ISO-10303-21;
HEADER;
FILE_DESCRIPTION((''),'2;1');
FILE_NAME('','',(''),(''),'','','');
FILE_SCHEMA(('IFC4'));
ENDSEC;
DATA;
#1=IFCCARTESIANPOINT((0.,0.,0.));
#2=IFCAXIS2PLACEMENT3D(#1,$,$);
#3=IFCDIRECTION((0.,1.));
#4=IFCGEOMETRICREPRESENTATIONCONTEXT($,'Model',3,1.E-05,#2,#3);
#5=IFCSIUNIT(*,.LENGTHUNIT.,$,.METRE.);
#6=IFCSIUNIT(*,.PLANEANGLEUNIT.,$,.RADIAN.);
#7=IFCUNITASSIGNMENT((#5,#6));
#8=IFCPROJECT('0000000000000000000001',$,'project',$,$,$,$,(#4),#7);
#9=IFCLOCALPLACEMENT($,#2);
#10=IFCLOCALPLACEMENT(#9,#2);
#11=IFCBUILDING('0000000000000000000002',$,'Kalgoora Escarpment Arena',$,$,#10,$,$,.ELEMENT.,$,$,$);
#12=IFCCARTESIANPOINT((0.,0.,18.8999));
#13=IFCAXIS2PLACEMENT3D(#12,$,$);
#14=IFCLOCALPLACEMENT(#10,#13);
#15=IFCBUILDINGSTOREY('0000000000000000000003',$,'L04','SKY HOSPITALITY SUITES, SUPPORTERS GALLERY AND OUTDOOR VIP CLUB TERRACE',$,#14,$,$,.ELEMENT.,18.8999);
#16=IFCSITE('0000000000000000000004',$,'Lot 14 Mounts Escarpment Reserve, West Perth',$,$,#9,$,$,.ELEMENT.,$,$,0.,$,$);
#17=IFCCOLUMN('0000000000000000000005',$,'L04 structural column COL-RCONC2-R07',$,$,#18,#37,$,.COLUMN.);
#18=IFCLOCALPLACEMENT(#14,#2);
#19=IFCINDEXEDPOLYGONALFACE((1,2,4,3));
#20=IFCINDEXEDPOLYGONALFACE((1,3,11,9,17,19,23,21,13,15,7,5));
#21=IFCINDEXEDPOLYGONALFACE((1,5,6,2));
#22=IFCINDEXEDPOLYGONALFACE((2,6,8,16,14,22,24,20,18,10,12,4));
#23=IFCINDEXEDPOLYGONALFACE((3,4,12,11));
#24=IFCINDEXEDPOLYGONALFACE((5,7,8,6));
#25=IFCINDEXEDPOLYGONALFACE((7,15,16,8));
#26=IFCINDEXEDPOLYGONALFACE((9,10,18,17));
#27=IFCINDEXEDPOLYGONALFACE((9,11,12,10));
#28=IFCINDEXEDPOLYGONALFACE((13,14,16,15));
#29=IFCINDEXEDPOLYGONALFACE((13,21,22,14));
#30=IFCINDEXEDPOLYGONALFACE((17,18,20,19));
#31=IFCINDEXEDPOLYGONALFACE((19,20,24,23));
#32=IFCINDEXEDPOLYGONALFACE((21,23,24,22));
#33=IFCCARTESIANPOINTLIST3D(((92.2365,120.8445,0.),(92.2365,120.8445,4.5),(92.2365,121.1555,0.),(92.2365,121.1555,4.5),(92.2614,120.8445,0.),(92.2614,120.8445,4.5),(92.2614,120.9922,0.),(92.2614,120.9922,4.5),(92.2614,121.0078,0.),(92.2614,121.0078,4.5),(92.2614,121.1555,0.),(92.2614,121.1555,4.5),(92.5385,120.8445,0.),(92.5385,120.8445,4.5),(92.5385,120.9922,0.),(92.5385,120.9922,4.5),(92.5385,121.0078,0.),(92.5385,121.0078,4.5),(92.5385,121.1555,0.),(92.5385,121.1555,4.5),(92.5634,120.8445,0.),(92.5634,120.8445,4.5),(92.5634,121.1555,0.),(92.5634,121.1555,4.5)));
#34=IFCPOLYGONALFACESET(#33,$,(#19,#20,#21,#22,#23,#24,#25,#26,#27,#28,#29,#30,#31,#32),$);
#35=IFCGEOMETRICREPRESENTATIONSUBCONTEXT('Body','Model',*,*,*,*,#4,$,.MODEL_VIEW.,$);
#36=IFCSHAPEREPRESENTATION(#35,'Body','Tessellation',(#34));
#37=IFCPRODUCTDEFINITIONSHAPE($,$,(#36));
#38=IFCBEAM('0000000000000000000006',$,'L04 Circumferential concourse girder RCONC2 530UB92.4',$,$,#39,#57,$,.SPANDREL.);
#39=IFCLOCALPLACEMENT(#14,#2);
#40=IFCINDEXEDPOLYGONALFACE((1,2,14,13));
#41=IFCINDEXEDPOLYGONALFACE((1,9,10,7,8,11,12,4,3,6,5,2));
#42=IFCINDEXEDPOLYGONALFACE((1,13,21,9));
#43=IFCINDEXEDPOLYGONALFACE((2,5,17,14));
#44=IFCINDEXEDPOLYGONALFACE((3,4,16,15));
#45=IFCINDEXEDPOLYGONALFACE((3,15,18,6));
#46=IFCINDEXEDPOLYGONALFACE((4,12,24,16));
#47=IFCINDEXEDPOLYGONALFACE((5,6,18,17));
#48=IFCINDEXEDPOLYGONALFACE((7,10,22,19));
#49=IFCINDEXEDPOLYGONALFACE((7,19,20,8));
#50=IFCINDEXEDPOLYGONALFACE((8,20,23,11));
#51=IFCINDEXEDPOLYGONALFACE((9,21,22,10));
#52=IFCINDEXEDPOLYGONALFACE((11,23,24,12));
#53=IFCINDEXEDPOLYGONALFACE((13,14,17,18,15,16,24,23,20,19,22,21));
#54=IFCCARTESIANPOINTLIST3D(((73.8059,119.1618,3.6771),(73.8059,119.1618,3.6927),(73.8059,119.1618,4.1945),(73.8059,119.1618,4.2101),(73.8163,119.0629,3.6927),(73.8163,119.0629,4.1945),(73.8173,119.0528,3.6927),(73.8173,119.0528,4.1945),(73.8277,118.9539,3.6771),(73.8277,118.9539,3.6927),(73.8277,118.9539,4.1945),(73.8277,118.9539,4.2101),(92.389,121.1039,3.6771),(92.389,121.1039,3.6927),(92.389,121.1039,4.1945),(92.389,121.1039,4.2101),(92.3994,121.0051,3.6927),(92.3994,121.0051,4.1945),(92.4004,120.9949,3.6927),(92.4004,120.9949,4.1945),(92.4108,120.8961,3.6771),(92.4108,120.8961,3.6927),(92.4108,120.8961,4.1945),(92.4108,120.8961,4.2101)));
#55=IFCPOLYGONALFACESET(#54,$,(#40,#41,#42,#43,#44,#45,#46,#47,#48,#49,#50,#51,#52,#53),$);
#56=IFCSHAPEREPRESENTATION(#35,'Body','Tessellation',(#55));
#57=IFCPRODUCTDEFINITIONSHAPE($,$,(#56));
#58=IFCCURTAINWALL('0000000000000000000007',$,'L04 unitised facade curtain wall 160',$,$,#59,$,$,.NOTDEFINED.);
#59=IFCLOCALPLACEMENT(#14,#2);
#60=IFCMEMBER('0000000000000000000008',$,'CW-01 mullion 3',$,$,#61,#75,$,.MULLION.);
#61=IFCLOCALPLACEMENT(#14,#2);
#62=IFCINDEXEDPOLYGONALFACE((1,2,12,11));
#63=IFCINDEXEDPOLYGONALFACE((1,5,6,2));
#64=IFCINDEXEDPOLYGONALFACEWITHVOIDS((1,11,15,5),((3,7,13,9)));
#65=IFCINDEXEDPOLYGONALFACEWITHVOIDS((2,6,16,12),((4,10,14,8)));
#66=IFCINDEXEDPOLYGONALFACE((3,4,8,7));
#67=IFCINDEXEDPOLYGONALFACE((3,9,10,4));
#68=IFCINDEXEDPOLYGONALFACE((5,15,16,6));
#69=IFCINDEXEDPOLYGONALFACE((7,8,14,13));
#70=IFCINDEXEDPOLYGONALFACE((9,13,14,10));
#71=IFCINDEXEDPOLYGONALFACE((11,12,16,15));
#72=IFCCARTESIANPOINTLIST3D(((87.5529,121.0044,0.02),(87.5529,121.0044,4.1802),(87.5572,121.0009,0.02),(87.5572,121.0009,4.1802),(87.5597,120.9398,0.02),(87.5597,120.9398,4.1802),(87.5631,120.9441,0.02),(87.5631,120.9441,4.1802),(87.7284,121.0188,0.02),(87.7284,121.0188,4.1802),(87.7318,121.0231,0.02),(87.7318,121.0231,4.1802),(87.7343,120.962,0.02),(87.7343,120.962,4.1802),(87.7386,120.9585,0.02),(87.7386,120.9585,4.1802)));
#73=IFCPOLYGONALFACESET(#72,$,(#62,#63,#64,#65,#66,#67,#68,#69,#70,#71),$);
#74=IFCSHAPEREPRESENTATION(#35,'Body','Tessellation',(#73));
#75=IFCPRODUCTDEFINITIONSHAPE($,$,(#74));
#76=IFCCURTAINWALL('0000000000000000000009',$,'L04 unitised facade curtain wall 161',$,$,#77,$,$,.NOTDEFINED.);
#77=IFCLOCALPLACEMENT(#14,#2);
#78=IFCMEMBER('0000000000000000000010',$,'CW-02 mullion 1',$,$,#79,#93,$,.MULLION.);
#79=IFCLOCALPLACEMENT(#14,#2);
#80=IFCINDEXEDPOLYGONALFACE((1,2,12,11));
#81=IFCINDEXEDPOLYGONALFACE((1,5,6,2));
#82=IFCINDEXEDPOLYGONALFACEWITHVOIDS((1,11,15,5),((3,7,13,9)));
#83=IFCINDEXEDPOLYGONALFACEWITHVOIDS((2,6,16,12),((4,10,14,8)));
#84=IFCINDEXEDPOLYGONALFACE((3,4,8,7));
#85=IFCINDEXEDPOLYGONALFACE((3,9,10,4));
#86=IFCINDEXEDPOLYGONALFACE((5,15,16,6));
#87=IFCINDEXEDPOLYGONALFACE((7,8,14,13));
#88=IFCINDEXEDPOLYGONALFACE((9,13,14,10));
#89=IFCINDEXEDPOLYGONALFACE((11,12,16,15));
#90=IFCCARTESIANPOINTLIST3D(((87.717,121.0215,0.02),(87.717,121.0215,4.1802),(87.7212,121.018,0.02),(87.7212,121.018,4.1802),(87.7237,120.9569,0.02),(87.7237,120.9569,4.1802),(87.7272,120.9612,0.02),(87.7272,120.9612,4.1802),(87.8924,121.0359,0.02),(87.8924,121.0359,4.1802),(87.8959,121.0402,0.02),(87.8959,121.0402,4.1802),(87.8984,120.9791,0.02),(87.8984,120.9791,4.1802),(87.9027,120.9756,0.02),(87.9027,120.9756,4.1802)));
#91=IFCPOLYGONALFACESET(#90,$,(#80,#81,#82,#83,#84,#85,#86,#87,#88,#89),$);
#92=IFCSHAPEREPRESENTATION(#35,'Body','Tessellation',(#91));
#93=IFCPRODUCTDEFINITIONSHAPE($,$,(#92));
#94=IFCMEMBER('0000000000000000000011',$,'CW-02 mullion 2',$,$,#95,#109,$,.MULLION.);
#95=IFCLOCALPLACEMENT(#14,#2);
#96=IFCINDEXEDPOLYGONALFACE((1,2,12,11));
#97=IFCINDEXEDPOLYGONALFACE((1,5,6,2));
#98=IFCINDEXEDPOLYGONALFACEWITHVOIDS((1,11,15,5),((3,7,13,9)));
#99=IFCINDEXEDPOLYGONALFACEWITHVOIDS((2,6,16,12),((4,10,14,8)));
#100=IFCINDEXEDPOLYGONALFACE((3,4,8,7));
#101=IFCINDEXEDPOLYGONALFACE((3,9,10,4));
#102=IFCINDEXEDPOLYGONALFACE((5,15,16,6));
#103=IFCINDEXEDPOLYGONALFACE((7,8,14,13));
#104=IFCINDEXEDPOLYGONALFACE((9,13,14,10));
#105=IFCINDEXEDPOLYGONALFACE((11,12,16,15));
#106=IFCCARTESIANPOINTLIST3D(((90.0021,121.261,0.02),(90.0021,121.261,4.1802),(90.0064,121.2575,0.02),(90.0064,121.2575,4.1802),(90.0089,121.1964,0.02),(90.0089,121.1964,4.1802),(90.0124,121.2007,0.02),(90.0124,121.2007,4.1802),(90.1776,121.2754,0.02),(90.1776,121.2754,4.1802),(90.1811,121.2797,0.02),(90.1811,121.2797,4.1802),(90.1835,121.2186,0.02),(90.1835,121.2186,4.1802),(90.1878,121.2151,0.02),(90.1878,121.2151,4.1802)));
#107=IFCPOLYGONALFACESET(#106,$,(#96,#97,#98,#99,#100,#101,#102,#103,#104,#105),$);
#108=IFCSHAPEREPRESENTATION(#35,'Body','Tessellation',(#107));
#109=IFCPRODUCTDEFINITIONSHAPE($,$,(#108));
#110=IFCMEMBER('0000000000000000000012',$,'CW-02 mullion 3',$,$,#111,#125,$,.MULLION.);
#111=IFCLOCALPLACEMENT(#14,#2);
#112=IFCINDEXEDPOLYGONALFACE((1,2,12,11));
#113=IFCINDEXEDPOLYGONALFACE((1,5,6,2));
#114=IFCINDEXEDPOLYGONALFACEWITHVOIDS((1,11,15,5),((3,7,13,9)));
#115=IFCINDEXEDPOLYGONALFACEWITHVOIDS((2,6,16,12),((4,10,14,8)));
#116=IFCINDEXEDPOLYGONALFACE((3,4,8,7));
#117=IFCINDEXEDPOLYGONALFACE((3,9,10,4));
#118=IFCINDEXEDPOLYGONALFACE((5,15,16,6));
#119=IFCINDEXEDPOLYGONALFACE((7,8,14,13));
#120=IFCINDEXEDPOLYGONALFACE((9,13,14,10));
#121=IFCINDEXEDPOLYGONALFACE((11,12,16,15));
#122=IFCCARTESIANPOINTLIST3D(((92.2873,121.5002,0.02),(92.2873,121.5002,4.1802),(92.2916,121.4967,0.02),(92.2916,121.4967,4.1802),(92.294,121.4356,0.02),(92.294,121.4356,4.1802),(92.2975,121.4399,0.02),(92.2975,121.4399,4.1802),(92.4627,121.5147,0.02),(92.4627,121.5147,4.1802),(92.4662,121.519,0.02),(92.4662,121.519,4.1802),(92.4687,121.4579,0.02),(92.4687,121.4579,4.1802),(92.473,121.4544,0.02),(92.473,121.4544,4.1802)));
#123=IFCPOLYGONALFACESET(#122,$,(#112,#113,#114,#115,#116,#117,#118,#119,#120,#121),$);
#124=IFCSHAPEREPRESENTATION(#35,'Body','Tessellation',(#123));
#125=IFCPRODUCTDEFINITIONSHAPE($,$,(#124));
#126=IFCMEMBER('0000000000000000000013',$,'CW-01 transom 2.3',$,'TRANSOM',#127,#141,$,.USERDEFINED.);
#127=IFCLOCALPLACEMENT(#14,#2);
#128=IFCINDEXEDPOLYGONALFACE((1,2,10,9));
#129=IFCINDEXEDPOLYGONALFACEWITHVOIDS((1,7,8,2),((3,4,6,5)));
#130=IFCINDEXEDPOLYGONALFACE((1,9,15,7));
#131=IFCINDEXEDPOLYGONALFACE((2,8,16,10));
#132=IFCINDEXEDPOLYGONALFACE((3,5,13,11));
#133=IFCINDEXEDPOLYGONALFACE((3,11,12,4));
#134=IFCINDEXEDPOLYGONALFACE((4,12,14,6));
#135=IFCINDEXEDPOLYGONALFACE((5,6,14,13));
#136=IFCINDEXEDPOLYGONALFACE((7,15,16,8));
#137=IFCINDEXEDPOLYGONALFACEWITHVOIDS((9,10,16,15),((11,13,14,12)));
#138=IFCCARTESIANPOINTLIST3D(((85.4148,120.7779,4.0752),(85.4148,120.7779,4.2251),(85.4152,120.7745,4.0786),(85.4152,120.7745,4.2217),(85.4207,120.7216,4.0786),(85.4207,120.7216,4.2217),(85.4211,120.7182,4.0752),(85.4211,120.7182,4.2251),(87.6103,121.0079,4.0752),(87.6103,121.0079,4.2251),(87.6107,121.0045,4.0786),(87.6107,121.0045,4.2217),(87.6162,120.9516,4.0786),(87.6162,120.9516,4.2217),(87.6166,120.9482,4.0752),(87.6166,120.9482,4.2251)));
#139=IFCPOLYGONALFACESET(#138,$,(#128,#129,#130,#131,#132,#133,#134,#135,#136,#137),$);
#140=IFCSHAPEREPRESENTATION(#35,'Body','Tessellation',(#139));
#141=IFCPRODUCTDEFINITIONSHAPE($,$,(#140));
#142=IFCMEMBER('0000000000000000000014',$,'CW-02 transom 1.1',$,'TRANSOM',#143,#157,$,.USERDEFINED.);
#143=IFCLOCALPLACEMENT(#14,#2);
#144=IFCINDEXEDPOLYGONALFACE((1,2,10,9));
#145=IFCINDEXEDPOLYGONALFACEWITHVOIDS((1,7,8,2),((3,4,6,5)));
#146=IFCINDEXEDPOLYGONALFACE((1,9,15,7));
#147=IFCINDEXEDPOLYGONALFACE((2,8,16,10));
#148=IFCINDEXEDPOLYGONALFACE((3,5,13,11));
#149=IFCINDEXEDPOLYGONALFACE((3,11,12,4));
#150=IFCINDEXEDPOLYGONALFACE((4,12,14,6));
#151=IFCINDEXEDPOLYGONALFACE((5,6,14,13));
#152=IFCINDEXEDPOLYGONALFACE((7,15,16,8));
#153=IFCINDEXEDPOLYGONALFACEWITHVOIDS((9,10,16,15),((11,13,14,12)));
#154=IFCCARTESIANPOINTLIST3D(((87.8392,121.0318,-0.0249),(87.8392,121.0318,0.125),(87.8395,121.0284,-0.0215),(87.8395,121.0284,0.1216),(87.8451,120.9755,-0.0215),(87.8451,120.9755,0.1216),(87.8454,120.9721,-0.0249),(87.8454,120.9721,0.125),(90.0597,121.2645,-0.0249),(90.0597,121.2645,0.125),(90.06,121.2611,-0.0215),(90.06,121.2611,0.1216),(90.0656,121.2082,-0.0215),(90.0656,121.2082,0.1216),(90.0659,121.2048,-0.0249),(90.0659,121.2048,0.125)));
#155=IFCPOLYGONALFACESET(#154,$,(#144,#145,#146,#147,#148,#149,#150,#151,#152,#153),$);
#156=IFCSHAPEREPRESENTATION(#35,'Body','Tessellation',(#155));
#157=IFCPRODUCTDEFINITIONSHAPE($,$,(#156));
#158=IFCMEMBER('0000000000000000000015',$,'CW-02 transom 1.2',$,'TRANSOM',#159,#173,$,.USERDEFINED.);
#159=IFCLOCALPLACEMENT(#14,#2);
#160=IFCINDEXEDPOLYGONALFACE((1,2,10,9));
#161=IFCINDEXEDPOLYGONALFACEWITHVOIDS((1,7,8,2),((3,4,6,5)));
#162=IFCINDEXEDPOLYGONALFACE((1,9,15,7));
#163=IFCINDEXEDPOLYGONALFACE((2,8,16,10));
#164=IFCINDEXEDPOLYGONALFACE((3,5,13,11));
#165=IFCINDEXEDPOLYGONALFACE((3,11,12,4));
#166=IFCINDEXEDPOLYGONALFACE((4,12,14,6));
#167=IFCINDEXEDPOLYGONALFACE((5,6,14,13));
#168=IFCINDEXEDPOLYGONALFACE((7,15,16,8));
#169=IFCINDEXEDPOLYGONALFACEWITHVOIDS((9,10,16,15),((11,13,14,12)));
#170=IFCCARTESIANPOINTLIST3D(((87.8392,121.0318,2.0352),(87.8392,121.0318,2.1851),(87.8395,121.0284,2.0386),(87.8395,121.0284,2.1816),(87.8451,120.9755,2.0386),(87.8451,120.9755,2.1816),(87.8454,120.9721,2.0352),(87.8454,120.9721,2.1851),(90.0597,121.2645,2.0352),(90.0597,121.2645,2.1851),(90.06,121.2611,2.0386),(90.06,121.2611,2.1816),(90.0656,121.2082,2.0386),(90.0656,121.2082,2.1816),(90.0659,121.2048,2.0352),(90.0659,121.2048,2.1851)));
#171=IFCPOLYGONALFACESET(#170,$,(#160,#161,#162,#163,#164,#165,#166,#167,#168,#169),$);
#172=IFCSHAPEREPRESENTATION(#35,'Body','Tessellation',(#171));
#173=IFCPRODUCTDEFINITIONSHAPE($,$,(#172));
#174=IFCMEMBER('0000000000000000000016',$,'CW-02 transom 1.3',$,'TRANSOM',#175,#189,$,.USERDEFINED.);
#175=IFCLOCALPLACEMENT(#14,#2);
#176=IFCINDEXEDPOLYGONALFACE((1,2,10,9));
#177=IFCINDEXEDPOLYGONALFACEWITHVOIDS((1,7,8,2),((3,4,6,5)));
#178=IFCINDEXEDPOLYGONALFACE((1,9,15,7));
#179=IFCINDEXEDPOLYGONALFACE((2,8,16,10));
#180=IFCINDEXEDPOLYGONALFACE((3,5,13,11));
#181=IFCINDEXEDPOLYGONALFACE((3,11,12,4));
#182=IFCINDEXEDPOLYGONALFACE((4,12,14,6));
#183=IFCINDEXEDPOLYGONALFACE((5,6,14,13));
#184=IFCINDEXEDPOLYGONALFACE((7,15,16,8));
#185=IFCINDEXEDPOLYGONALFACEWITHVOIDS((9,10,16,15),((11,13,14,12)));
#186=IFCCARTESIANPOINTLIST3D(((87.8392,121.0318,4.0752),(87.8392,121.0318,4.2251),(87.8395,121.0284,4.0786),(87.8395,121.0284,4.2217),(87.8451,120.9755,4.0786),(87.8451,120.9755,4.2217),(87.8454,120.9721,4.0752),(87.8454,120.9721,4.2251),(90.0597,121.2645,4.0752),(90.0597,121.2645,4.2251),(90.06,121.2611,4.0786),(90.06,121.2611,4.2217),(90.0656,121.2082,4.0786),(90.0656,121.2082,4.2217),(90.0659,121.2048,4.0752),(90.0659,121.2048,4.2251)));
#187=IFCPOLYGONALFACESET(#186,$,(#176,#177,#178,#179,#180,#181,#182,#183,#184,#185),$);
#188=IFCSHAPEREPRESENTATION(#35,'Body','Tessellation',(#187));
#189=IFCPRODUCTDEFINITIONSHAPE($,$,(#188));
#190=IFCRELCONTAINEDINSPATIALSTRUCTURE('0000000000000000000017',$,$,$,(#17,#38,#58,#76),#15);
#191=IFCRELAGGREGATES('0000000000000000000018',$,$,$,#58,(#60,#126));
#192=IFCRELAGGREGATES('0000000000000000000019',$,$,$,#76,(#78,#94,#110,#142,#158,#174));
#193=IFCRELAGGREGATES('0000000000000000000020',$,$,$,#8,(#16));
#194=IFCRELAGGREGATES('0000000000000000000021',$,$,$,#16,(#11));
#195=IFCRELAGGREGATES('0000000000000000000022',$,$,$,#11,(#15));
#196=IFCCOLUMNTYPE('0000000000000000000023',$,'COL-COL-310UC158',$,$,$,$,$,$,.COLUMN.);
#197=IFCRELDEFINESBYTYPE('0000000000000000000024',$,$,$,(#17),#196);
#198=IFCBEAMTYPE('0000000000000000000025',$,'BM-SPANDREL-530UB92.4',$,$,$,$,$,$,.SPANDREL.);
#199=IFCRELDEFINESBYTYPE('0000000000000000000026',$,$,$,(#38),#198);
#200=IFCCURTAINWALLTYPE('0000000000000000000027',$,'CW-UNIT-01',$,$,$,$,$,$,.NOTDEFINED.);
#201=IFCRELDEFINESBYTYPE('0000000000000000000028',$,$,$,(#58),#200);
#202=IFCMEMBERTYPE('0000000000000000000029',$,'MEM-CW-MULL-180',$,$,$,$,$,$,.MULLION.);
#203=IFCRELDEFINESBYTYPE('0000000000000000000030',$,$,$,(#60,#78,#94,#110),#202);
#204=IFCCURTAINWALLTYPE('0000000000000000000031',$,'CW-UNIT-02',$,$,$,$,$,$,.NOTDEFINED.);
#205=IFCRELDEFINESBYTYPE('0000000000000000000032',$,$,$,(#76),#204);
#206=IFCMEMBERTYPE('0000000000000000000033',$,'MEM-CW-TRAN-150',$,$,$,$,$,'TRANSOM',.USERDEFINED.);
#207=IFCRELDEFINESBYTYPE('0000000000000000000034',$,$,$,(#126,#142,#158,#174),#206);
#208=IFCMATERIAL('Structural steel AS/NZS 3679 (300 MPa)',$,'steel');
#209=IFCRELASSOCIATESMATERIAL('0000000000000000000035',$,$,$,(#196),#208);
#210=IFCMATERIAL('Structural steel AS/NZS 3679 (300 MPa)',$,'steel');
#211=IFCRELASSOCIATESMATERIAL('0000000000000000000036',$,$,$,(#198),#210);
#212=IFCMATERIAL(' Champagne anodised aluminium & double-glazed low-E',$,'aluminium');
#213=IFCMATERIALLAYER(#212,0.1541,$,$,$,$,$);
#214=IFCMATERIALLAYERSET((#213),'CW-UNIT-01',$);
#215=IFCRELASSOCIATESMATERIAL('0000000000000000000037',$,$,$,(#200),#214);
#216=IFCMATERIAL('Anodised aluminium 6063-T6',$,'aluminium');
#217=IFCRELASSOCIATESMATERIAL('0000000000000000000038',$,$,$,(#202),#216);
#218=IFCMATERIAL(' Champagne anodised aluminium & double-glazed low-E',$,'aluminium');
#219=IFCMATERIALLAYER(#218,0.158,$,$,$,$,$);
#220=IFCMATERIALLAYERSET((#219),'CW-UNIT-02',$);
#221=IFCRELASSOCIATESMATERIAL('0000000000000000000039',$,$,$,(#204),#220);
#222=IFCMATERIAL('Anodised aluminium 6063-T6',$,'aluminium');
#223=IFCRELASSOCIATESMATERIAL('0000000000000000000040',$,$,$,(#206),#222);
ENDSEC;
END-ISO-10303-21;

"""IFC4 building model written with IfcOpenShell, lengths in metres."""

from ifc_helpers import new_model, si_unit, direction, frame, origin, origin_2d, place, context, subcontext, project, spatial, hollow_rectangle, i_section, extrude, material, layer, layer_set, material_profile, profile_set, type_object, element, aggregate, save


model = new_model("IFC4")

# Units and contexts
model_context = context("Model", 3, precision=1e-05, world=origin(), true_north=direction((0.0, 1.0)))
body_context = subcontext(model_context, "Body", "Model", "MODEL_VIEW")
ifc_project = project(units=[si_unit("LENGTHUNIT", "METRE"), si_unit("PLANEANGLEUNIT", "RADIAN")], contexts=[model_context])

# Site, building, storey
site_placement = place(None, origin())
site = spatial("IfcSite", under=ifc_project, at=site_placement, Name="Lot 14 Mounts Escarpment Reserve, West Perth", CompositionType="ELEMENT", RefElevation=0.0)
building_placement = place(site_placement, origin())
building = spatial("IfcBuilding", under=site, at=building_placement, Name="Kalgoora Escarpment Arena", CompositionType="ELEMENT")
storey_placement = place(building_placement, frame((0.0, 0.0, 18.8999)))
storey = spatial("IfcBuildingStorey", under=building, at=storey_placement, Name="L04", Description="SKY HOSPITALITY SUITES, SUPPORTERS GALLERY AND OUTDOOR VIP CLUB TERRACE", CompositionType="ELEMENT", Elevation=18.8999)

# Column
ifc_material_1 = material(Name="Structural steel AS/NZS 3679 (300 MPa)", Category="steel")
ifc_material_profile_1 = material_profile(ifc_material_1, i_section(OverallWidth=0.311, OverallDepth=0.3269, WebThickness=0.0156, FlangeThickness=0.0249, at=origin_2d()))
ifc_profile_set_1 = profile_set([ifc_material_profile_1], Name="Structural steel AS/NZS 3679 (300 MPa)")
column_type = type_object("IfcColumnType", Name="COL-COL-310UC158", PredefinedType="COLUMN", material=ifc_profile_set_1)
column_placement = place(storey_placement, frame((92.3999, 121.0, 0.0), z_axis=(0.0, 0.0, 1.0), x_axis=(0.0, 1.0, 0.0)))
element("IfcColumn", 1, at=column_placement, inside=storey, type_object=column_type, Name="L04 structural column COL-RCONC2-R07", PredefinedType="COLUMN", context=body_context, shape_type="SweptSolid", body=[
    extrude(i_section(OverallWidth=0.311, OverallDepth=0.3269, WebThickness=0.0156, FlangeThickness=0.0249, at=origin_2d()), origin(), (0.0, 0.0, 1.0), 4.5),
])

# Beam
ifc_material_2 = material(Name="Structural steel AS/NZS 3679 (300 MPa)", Category="steel")
ifc_material_profile_2 = material_profile(ifc_material_2, i_section(OverallWidth=0.209, OverallDepth=0.533, WebThickness=0.0103, FlangeThickness=0.0156, at=origin_2d()))
ifc_profile_set_2 = profile_set([ifc_material_profile_2], Name="Structural steel AS/NZS 3679 (300 MPa)")
beam_type = type_object("IfcBeamType", Name="BM-SPANDREL-530UB92.4", PredefinedType="SPANDREL", material=ifc_profile_set_2)
beam_placement = place(storey_placement, frame((92.3999, 121.0, 3.9436), z_axis=(-0.994583, -0.103945, 0.0), x_axis=(0.103945, -0.994583, 0.0)))
element("IfcBeam", 2, at=beam_placement, inside=storey, type_object=beam_type, Name="L04 Circumferential concourse girder RCONC2 530UB92.4", PredefinedType="SPANDREL", context=body_context, shape_type="SweptSolid", body=[
    extrude(i_section(OverallWidth=0.209, OverallDepth=0.533, WebThickness=0.0103, FlangeThickness=0.0156, at=origin_2d()), origin(), (0.0, 0.0, 1.0), 18.6843),
])

# Curtain wall, member
ifc_material_3 = material(Name=" Champagne anodised aluminium & double-glazed low-E", Category="aluminium")
ifc_layer_1 = layer(ifc_material_3, 0.1541)
ifc_layer_set_1 = layer_set([ifc_layer_1], Name="CW-UNIT-01")
curtain_wall_type_1 = type_object("IfcCurtainWallType", Name="CW-UNIT-01", PredefinedType="NOTDEFINED", material=ifc_layer_set_1)
curtain_wall_1_placement = place(storey_placement, origin())
curtain_wall_1 = element("IfcCurtainWall", 3, at=curtain_wall_1_placement, inside=storey, type_object=curtain_wall_type_1, Name="L04 unitised facade curtain wall 160", PredefinedType="NOTDEFINED")
ifc_material_4 = material(Name="Anodised aluminium 6063-T6", Category="aluminium")
ifc_material_profile_3 = material_profile(ifc_material_4, hollow_rectangle(XDim=0.0649, YDim=0.1799, WallThickness=0.0039, at=origin_2d()))
ifc_profile_set_3 = profile_set([ifc_material_profile_3], Name="Anodised aluminium 6063-T6")
member_type_1 = type_object("IfcMemberType", Name="MEM-CW-MULL-180", PredefinedType="MULLION", material=ifc_profile_set_3)
member_1_placement = place(storey_placement, frame((87.6458, 120.9814, 0.02), z_axis=(0.0, 0.0, 1.0), x_axis=(-0.104182, 0.994558, 0.0)))
member_1 = element("IfcMember", 4, at=member_1_placement, type_object=member_type_1, Name="CW-01 mullion 3", PredefinedType="MULLION", context=body_context, shape_type="SweptSolid", body=[
    extrude(hollow_rectangle(XDim=0.0649, YDim=0.1799, WallThickness=0.0039, at=origin_2d()), origin(), (0.0, 0.0, 1.0), 4.1602),
])

# Curtain wall, members
ifc_material_5 = material(Name=" Champagne anodised aluminium & double-glazed low-E", Category="aluminium")
ifc_layer_2 = layer(ifc_material_5, 0.158)
ifc_layer_set_2 = layer_set([ifc_layer_2], Name="CW-UNIT-02")
curtain_wall_type_2 = type_object("IfcCurtainWallType", Name="CW-UNIT-02", PredefinedType="NOTDEFINED", material=ifc_layer_set_2)
curtain_wall_2_placement = place(storey_placement, origin())
curtain_wall_2 = element("IfcCurtainWall", 5, at=curtain_wall_2_placement, inside=storey, type_object=curtain_wall_type_2, Name="L04 unitised facade curtain wall 161", PredefinedType="NOTDEFINED")
member_2_placement = place(storey_placement, frame((87.8098, 120.9985, 0.02), z_axis=(0.0, 0.0, 1.0), x_axis=(-0.104179, 0.994559, 0.0)))
member_2 = element("IfcMember", 6, at=member_2_placement, type_object=member_type_1, Name="CW-02 mullion 1", PredefinedType="MULLION", context=body_context, shape_type="SweptSolid", body=[
    extrude(hollow_rectangle(XDim=0.0649, YDim=0.1799, WallThickness=0.0039, at=origin_2d()), origin(), (0.0, 0.0, 1.0), 4.1602),
])
member_3_placement = place(storey_placement, frame((90.095, 121.238, 0.02), z_axis=(0.0, 0.0, 1.0), x_axis=(-0.104179, 0.994559, 0.0)))
member_3 = element("IfcMember", 7, at=member_3_placement, type_object=member_type_1, Name="CW-02 mullion 2", PredefinedType="MULLION", context=body_context, shape_type="SweptSolid", body=[
    extrude(hollow_rectangle(XDim=0.0649, YDim=0.1799, WallThickness=0.0039, at=origin_2d()), origin(), (0.0, 0.0, 1.0), 4.1602),
])
member_4_placement = place(storey_placement, frame((92.3801, 121.4773, 0.02), z_axis=(0.0, 0.0, 1.0), x_axis=(-0.104179, 0.994559, 0.0)))
member_4 = element("IfcMember", 8, at=member_4_placement, type_object=member_type_1, Name="CW-02 mullion 3", PredefinedType="MULLION", context=body_context, shape_type="SweptSolid", body=[
    extrude(hollow_rectangle(XDim=0.0649, YDim=0.1799, WallThickness=0.0039, at=origin_2d()), origin(), (0.0, 0.0, 1.0), 4.1602),
])

# Members
ifc_material_6 = material(Name="Anodised aluminium 6063-T6", Category="aluminium")
ifc_material_profile_4 = material_profile(ifc_material_6, hollow_rectangle(XDim=0.0601, YDim=0.1499, WallThickness=0.0034, at=origin_2d()))
ifc_profile_set_4 = profile_set([ifc_material_profile_4], Name="Anodised aluminium 6063-T6")
member_type_2 = type_object("IfcMemberType", Name="MEM-CW-TRAN-150", ElementType="TRANSOM", PredefinedType="USERDEFINED", material=ifc_profile_set_4)
member_5_placement = place(storey_placement, frame((85.418, 120.748, 4.1501), z_axis=(0.994559, 0.104178, 0.0), x_axis=(-0.104178, 0.994559, 0.0)))
member_5 = element("IfcMember", 9, at=member_5_placement, type_object=member_type_2, Name="CW-01 transom 2.3", ObjectType="TRANSOM", PredefinedType="USERDEFINED", context=body_context, shape_type="SweptSolid", body=[
    extrude(hollow_rectangle(XDim=0.0601, YDim=0.1499, WallThickness=0.0034, at=origin_2d()), origin(), (0.0, 0.0, 1.0), 2.2075),
])
member_6_placement = place(storey_placement, frame((87.8423, 121.002, 0.05), z_axis=(0.994555, 0.104212, 0.0), x_axis=(-0.104212, 0.994555, 0.0)))
member_6 = element("IfcMember", 10, at=member_6_placement, type_object=member_type_2, Name="CW-02 transom 1.1", ObjectType="TRANSOM", PredefinedType="USERDEFINED", context=body_context, shape_type="SweptSolid", body=[
    extrude(hollow_rectangle(XDim=0.0601, YDim=0.1499, WallThickness=0.0034, at=origin_2d()), origin(), (0.0, 0.0, 1.0), 2.2327),
])
member_7_placement = place(storey_placement, frame((87.8423, 121.002, 2.1101), z_axis=(0.994555, 0.104212, 0.0), x_axis=(-0.104212, 0.994555, 0.0)))
member_7 = element("IfcMember", 11, at=member_7_placement, type_object=member_type_2, Name="CW-02 transom 1.2", ObjectType="TRANSOM", PredefinedType="USERDEFINED", context=body_context, shape_type="SweptSolid", body=[
    extrude(hollow_rectangle(XDim=0.0601, YDim=0.1499, WallThickness=0.0034, at=origin_2d()), origin(), (0.0, 0.0, 1.0), 2.2327),
])
member_8_placement = place(storey_placement, frame((87.8423, 121.002, 4.1501), z_axis=(0.994555, 0.104212, 0.0), x_axis=(-0.104212, 0.994555, 0.0)))
member_8 = element("IfcMember", 12, at=member_8_placement, type_object=member_type_2, Name="CW-02 transom 1.3", ObjectType="TRANSOM", PredefinedType="USERDEFINED", context=body_context, shape_type="SweptSolid", body=[
    extrude(hollow_rectangle(XDim=0.0601, YDim=0.1499, WallThickness=0.0034, at=origin_2d()), origin(), (0.0, 0.0, 1.0), 2.2327),
])

aggregate(curtain_wall_1, [member_1, member_5])
aggregate(curtain_wall_2, [member_2, member_3, member_4, member_6, member_7, member_8])

save(model, "model.ifc")
